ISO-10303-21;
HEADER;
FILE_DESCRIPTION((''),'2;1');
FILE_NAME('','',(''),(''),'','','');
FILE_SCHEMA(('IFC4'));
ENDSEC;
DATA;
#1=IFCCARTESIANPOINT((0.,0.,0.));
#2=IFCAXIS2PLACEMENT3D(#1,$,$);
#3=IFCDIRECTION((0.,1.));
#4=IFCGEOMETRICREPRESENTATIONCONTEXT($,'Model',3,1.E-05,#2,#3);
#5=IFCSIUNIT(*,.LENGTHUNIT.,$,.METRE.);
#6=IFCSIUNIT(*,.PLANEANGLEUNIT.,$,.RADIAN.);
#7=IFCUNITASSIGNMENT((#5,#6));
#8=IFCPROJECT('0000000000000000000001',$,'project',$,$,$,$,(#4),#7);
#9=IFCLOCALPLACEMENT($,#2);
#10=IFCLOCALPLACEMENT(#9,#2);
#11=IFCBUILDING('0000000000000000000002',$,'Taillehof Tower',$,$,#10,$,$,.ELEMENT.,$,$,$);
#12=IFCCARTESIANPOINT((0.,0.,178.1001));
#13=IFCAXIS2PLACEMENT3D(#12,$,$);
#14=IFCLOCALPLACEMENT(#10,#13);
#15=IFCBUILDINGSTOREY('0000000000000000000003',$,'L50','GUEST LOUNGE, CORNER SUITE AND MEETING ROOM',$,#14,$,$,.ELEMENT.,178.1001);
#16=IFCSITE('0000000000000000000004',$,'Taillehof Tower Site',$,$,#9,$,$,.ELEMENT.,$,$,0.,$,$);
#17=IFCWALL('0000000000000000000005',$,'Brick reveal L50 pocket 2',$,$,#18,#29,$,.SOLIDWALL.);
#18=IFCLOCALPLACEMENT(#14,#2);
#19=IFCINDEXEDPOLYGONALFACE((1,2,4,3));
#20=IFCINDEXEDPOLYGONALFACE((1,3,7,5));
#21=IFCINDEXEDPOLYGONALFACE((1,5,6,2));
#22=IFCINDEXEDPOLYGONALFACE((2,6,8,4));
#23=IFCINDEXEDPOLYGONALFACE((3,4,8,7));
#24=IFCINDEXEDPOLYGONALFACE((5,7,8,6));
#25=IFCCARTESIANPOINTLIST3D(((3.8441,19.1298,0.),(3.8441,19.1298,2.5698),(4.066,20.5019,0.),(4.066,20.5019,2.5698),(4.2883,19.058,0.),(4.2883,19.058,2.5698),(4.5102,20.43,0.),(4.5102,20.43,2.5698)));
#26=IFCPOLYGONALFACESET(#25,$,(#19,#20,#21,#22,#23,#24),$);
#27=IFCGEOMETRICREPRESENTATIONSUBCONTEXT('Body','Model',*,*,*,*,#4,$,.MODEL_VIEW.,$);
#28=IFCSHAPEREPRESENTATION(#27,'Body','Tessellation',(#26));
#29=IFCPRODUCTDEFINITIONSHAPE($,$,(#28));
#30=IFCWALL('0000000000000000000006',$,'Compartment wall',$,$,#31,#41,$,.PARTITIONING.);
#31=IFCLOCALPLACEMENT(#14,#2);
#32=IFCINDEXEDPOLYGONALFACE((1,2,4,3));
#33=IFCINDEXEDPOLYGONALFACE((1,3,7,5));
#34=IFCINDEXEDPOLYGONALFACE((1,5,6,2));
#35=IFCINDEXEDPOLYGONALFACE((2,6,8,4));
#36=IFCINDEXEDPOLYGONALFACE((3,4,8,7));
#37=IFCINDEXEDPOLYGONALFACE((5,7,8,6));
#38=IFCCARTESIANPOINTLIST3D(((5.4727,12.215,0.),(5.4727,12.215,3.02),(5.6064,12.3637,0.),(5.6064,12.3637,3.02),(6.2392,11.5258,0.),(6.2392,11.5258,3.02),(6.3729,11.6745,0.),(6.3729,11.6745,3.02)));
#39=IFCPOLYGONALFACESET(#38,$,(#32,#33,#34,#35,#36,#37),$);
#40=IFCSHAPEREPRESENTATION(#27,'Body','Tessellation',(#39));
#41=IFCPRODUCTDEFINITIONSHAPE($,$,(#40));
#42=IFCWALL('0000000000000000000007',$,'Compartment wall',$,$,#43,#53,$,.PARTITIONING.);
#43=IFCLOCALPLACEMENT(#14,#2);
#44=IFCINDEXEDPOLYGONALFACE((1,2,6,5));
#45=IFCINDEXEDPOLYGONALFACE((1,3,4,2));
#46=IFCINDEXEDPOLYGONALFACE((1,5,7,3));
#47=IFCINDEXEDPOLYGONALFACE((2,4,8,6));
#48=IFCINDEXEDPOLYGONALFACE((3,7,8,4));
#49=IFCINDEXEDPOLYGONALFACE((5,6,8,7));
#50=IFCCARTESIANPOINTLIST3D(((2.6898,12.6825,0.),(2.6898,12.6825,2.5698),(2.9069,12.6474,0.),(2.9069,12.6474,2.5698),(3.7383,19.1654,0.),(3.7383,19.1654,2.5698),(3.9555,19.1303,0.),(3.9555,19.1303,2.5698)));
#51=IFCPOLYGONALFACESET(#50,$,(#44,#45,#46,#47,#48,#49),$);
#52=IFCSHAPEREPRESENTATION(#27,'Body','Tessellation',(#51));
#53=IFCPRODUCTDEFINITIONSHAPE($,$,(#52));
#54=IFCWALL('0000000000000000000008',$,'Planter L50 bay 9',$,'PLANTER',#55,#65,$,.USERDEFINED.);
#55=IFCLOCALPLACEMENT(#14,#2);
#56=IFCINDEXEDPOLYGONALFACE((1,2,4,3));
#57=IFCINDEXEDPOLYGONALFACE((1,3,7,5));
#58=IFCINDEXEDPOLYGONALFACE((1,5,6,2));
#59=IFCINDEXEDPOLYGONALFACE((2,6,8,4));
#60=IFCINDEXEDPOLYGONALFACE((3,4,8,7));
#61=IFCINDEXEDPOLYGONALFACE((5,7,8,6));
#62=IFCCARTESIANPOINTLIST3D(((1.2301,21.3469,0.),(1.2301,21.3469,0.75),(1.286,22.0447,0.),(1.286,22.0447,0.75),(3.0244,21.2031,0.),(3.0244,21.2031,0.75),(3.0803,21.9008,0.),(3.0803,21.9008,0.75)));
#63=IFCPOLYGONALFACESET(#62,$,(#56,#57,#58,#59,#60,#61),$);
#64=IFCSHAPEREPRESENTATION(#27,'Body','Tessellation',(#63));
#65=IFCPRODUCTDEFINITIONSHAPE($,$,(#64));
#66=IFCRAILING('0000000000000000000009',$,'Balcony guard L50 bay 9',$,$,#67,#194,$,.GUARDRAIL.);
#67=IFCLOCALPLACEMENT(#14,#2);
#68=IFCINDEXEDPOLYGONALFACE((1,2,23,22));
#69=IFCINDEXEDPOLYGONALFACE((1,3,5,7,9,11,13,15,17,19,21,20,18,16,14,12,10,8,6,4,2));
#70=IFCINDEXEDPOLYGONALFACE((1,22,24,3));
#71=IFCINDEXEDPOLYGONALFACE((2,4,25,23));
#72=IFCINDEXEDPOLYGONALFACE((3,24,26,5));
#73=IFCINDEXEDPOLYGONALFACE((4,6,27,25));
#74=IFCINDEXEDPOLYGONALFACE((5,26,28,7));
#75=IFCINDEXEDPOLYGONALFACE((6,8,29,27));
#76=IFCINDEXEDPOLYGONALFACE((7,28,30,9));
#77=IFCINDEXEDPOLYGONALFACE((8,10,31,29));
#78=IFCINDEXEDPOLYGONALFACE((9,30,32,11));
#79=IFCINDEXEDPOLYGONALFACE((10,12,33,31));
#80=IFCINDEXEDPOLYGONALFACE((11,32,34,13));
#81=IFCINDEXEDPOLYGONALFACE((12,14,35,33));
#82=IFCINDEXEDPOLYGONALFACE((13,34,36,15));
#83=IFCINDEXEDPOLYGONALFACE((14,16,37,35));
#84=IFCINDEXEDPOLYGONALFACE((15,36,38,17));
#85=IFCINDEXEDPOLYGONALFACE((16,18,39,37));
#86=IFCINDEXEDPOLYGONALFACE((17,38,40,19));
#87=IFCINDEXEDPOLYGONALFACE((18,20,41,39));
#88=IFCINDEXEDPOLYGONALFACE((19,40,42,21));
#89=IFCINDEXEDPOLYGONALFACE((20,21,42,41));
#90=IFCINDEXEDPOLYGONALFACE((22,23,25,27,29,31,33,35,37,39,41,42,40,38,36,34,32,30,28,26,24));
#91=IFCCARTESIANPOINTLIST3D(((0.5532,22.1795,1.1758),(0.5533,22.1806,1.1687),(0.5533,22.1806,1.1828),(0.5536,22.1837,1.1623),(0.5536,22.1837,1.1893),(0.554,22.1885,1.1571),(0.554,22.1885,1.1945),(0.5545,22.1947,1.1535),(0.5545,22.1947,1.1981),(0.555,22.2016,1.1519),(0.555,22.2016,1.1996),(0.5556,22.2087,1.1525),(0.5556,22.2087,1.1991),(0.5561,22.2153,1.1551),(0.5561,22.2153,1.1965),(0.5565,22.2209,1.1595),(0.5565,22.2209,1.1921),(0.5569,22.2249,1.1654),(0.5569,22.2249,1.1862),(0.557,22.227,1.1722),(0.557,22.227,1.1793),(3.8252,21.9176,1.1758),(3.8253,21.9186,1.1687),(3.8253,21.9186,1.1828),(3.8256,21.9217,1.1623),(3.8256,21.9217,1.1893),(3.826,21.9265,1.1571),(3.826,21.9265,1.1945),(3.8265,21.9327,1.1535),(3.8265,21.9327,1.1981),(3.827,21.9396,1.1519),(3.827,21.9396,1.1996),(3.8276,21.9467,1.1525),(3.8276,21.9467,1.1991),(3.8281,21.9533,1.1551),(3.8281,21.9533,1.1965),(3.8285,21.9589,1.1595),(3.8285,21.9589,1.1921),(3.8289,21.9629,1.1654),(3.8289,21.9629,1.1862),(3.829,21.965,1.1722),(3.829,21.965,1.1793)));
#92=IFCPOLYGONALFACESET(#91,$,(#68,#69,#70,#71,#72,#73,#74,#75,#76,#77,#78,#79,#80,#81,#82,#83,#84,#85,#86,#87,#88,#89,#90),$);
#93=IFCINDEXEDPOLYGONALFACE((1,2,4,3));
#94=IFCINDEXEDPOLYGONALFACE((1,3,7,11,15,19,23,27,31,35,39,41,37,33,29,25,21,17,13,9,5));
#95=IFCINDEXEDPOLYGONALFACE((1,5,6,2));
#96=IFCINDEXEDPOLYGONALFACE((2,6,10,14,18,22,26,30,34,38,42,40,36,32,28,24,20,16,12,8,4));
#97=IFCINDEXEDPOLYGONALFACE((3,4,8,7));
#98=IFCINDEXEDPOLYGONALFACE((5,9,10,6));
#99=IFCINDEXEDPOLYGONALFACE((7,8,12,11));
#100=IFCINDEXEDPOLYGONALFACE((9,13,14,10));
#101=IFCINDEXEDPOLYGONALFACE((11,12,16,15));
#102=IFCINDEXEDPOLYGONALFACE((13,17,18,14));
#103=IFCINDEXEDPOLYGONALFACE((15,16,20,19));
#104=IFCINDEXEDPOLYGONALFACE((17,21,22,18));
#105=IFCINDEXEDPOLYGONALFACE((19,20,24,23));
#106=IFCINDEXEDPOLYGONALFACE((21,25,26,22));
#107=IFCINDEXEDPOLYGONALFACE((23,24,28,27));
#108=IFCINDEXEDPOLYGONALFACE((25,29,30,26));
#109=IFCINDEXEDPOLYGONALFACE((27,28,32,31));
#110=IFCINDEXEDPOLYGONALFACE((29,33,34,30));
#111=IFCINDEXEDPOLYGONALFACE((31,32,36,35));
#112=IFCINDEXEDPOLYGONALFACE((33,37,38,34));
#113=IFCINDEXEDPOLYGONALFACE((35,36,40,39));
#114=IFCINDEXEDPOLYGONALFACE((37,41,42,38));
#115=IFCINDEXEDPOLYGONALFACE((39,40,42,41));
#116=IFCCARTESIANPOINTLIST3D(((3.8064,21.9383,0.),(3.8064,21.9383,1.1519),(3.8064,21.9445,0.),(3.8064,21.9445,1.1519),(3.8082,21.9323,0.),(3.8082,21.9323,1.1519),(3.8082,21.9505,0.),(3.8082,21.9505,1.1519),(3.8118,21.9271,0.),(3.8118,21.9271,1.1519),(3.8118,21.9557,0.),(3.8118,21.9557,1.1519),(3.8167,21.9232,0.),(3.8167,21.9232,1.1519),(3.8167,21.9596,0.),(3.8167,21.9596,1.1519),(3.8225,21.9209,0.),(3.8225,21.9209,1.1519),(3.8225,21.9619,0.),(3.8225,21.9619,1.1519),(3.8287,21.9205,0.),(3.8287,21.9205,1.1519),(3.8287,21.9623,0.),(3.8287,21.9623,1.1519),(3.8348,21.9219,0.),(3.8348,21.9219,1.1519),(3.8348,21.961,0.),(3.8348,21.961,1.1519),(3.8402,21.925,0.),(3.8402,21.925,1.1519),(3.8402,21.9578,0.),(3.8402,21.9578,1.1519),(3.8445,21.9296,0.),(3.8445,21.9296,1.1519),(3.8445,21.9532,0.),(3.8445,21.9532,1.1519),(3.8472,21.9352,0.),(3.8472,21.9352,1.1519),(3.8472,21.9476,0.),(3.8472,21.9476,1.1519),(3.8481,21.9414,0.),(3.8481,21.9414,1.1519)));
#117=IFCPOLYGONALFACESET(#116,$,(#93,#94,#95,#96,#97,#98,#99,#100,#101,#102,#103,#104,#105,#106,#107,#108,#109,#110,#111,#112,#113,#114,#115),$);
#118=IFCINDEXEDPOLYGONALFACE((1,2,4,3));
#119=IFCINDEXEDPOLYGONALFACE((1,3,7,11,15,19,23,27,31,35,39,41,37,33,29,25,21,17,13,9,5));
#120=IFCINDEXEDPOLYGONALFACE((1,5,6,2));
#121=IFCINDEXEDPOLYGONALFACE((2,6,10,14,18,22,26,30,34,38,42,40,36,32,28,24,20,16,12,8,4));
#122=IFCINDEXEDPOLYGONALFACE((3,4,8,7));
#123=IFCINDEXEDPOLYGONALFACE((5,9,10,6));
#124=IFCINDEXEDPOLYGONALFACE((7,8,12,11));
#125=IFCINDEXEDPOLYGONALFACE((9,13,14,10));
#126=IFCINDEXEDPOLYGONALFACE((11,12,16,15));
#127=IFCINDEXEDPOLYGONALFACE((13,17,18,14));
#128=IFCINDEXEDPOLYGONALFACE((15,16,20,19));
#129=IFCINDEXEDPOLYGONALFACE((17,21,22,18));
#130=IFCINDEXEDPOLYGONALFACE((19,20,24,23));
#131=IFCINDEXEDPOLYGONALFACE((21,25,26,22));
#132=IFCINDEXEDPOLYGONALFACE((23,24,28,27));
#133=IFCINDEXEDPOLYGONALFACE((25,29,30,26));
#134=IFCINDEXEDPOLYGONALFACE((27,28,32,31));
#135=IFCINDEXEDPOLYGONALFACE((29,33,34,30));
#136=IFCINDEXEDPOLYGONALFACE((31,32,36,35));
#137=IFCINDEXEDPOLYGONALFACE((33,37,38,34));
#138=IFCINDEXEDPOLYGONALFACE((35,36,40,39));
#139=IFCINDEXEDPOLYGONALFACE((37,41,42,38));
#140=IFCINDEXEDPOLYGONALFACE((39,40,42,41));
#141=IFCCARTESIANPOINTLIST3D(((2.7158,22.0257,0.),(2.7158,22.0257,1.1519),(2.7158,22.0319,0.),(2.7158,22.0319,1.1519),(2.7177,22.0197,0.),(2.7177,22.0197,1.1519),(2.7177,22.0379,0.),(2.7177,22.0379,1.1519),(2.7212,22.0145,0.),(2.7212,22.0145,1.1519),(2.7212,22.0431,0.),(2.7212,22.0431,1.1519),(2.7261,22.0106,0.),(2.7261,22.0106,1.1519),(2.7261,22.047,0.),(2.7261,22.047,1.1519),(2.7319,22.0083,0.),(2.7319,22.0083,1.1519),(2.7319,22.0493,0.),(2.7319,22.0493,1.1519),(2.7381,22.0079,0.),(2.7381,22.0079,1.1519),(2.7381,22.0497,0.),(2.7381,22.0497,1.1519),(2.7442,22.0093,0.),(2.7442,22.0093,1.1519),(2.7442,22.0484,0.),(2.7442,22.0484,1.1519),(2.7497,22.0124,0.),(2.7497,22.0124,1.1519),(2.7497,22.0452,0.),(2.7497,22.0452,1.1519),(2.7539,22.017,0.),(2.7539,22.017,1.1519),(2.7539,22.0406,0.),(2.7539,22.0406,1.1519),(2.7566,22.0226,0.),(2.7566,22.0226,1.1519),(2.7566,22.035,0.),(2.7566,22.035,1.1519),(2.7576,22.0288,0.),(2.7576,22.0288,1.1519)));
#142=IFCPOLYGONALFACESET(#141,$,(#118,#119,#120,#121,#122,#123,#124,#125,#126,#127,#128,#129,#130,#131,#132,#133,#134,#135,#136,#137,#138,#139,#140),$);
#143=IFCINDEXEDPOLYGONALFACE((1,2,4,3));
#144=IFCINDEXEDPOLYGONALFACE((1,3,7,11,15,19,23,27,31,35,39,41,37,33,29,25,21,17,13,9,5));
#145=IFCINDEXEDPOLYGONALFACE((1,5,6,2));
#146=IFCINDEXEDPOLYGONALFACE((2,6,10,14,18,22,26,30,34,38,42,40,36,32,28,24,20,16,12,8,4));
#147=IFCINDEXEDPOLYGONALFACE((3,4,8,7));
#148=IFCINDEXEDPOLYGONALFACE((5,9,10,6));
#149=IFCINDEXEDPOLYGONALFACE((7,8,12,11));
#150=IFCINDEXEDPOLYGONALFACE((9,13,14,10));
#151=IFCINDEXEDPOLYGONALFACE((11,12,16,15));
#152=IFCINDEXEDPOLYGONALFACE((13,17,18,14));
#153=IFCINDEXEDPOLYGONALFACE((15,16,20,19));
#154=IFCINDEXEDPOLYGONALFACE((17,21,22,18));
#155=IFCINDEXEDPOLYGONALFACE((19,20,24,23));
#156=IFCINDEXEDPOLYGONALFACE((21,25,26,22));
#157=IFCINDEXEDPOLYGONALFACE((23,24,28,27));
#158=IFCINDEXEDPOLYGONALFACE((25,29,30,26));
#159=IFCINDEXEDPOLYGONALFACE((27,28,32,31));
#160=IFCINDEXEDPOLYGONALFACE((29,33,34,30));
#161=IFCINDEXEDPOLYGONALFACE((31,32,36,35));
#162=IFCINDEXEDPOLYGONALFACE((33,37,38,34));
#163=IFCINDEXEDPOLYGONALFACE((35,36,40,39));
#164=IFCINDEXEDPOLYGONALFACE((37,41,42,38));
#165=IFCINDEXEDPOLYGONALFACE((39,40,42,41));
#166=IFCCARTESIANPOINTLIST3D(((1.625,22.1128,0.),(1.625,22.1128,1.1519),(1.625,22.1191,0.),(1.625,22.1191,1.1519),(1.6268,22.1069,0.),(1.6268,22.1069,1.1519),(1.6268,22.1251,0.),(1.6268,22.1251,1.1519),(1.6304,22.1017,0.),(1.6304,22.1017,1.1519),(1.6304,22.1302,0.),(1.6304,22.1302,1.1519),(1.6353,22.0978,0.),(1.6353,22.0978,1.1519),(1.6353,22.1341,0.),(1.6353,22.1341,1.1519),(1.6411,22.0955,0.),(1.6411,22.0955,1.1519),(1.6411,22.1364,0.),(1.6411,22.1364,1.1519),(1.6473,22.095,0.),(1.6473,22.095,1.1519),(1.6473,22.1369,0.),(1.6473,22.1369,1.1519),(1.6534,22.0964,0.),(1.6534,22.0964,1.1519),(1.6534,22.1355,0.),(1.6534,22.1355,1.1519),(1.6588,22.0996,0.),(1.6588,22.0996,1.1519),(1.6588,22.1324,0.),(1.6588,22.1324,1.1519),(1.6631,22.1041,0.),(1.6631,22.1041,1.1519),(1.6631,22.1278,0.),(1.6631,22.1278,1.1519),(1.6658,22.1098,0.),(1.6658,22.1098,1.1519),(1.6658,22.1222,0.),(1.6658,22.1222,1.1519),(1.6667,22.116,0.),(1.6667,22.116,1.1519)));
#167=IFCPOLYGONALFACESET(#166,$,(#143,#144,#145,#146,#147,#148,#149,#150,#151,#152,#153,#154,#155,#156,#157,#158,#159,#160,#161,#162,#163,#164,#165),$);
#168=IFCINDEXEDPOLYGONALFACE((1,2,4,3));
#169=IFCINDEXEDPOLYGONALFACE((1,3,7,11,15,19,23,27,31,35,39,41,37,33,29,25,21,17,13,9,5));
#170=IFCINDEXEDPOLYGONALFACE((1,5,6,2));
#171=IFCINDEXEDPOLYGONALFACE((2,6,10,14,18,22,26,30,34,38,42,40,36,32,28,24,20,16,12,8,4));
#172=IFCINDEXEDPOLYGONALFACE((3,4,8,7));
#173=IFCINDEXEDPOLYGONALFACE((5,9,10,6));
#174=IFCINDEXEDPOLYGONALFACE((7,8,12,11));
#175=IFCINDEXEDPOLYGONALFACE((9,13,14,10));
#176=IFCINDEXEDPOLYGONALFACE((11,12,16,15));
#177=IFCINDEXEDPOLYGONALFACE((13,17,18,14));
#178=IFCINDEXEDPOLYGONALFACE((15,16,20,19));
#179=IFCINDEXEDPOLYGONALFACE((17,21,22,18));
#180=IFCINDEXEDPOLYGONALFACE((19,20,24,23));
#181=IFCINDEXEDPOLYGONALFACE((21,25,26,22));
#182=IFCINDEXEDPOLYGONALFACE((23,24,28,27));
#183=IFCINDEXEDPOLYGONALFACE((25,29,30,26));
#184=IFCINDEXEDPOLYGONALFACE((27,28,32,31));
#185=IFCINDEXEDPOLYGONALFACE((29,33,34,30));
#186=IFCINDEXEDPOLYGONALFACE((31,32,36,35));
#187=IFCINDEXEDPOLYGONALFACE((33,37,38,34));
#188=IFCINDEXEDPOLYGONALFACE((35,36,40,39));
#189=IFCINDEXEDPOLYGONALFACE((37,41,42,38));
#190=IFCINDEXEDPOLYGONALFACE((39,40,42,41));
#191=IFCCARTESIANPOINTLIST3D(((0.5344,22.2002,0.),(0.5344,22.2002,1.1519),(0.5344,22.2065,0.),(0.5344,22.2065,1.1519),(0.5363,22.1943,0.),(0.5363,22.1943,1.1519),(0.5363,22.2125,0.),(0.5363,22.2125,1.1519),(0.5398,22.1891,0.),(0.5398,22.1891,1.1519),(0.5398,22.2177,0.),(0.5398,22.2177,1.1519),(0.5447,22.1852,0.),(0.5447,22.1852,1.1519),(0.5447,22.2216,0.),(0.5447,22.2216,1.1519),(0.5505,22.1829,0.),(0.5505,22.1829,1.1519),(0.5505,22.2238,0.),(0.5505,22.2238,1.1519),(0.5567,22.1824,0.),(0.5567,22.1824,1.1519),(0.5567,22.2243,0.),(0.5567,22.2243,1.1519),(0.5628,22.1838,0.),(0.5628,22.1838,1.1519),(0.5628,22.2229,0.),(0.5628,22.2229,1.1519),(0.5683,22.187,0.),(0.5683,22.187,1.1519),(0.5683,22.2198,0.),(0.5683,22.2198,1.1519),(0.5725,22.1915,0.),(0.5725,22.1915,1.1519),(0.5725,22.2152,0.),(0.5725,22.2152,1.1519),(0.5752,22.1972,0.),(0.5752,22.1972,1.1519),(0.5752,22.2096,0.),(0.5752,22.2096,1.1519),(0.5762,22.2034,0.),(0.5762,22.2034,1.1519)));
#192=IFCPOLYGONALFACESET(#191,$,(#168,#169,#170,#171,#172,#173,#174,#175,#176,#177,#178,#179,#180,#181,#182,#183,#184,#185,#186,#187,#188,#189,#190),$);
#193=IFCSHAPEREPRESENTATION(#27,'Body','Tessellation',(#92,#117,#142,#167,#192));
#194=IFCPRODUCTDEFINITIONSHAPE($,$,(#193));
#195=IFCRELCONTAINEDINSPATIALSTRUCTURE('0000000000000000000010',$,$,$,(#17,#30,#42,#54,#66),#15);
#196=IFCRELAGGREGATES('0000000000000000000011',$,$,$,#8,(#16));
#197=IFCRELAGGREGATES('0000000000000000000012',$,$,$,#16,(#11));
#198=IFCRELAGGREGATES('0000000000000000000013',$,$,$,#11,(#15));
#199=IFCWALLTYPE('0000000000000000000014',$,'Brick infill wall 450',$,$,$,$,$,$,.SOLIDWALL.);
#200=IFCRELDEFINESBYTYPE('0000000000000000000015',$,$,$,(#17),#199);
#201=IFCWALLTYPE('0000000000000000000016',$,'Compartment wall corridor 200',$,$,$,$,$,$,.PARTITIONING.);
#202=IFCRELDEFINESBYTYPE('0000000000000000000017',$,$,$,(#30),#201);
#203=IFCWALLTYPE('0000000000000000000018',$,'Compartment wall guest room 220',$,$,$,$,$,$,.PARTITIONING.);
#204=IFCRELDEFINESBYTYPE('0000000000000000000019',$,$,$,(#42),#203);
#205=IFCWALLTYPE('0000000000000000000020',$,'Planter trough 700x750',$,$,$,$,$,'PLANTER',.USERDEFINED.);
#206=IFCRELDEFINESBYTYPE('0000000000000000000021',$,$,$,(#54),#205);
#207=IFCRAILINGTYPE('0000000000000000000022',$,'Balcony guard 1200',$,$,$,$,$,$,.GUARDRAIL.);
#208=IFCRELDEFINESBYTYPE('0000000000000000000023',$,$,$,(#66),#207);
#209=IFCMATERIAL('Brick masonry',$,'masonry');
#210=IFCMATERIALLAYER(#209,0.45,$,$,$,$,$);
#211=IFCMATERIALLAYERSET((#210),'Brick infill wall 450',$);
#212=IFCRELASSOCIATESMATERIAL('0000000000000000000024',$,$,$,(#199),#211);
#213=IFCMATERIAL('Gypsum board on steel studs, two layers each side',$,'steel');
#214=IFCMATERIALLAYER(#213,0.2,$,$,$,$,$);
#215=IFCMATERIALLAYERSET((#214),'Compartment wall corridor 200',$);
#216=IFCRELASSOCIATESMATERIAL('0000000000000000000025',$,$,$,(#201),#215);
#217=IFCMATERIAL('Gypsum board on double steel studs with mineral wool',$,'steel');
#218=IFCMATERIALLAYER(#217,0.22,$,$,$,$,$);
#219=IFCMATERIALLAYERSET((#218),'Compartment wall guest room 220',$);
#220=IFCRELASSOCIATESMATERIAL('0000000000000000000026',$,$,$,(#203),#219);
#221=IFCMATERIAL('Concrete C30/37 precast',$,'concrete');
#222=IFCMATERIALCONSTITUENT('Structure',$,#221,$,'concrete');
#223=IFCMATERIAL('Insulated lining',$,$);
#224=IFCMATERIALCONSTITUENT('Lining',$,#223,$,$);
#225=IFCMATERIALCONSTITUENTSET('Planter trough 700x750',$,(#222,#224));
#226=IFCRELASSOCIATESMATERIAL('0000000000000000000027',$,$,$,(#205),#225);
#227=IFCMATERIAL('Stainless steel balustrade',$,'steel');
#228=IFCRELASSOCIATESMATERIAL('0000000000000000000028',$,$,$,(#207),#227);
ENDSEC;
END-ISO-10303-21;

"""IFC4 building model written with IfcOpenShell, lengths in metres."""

from ifc_helpers import new_model, si_unit, direction, frame, frame_2d, origin, origin_2d, place, context, subcontext, project, spatial, rectangle, circle, extrude, material, layer, layer_set, constituent, constituent_set, type_object, element, save


model = new_model("IFC4")

# Units and contexts
model_context = context("Model", 3, precision=1e-05, world=origin(), true_north=direction((0.0, 1.0)))
body_context = subcontext(model_context, "Body", "Model", "MODEL_VIEW")
ifc_project = project(units=[si_unit("LENGTHUNIT", "METRE"), si_unit("PLANEANGLEUNIT", "RADIAN")], contexts=[model_context])

# Site, building, storey
site_placement = place(None, origin())
site = spatial("IfcSite", under=ifc_project, at=site_placement, Name="Taillehof Tower Site", CompositionType="ELEMENT", RefElevation=0.0)
building_placement = place(site_placement, origin())
building = spatial("IfcBuilding", under=site, at=building_placement, Name="Taillehof Tower", CompositionType="ELEMENT")
storey_placement = place(building_placement, frame((0.0, 0.0, 178.1001)))
storey = spatial("IfcBuildingStorey", under=building, at=storey_placement, Name="L50", Description="GUEST LOUNGE, CORNER SUITE AND MEETING ROOM", CompositionType="ELEMENT", Elevation=178.1001)

# Shared definitions
ifc_material_1 = material(Name="Brick masonry", Category="masonry")
ifc_layer_1 = layer(ifc_material_1, 0.45)
ifc_layer_set_1 = layer_set([ifc_layer_1], Name="Brick infill wall 450")
wall_type_1 = type_object("IfcWallType", Name="Brick infill wall 450", PredefinedType="SOLIDWALL", material=ifc_layer_set_1)

# Wall
wall_1_placement = place(storey_placement, frame((4.2881, 20.4658, 0.0), z_axis=(0.0, 0.0, 1.0), x_axis=(-0.159669, -0.987171, 0.0)))
element("IfcWall", 1, at=wall_1_placement, inside=storey, type_object=wall_type_1, Name="Brick reveal L50 pocket 2", PredefinedType="SOLIDWALL", context=body_context, shape_type="SweptSolid", body=[
    extrude(rectangle(XDim=1.3899, YDim=0.45, at=frame_2d((0.6948, 0.0))), origin(), (0.0, 0.0, 1.0), 2.5698),
])

# Walls
ifc_material_2 = material(Name="Gypsum board on steel studs, two layers each side", Category="steel")
ifc_layer_2 = layer(ifc_material_2, 0.2)
ifc_layer_set_2 = layer_set([ifc_layer_2], Name="Compartment wall corridor 200")
wall_type_2 = type_object("IfcWallType", Name="Compartment wall corridor 200", PredefinedType="PARTITIONING", material=ifc_layer_set_2)
wall_2_placement = place(storey_placement, frame((5.5396, 12.2893, 0.0), z_axis=(0.0, 0.0, 1.0), x_axis=(0.743647, -0.668572, 0.0)))
element("IfcWall", 2, at=wall_2_placement, inside=storey, type_object=wall_type_2, Name="Compartment wall", PredefinedType="PARTITIONING", context=body_context, shape_type="SweptSolid", body=[
    extrude(rectangle(XDim=1.0308, YDim=0.2, at=frame_2d((0.5154, 0.0))), origin(), (0.0, 0.0, 1.0), 3.02),
])
ifc_material_3 = material(Name="Gypsum board on double steel studs with mineral wool", Category="steel")
ifc_layer_3 = layer(ifc_material_3, 0.22)
ifc_layer_set_3 = layer_set([ifc_layer_3], Name="Compartment wall guest room 220")
wall_type_3 = type_object("IfcWallType", Name="Compartment wall guest room 220", PredefinedType="PARTITIONING", material=ifc_layer_set_3)
wall_3_placement = place(storey_placement, frame((3.8469, 19.1479, 0.0), z_axis=(0.0, 0.0, 1.0), x_axis=(-0.159671, -0.98717, 0.0)))
element("IfcWall", 3, at=wall_3_placement, inside=storey, type_object=wall_type_3, Name="Compartment wall", PredefinedType="PARTITIONING", context=body_context, shape_type="SweptSolid", body=[
    extrude(rectangle(XDim=6.5671, YDim=0.22, at=frame_2d((3.2837, 0.0))), origin(), (0.0, 0.0, 1.0), 2.5698),
])
ifc_material_4 = material(Name="Concrete C30/37 precast", Category="concrete")
ifc_constituent_1 = constituent(ifc_material_4, Name="Structure", Category="concrete")
ifc_material_5 = material(Name="Insulated lining")
ifc_constituent_2 = constituent(ifc_material_5, Name="Lining")
ifc_constituent_set = constituent_set(constituents=[ifc_constituent_1, ifc_constituent_2], Name="Planter trough 700x750")
wall_type_4 = type_object("IfcWallType", Name="Planter trough 700x750", ElementType="PLANTER", PredefinedType="USERDEFINED", material=ifc_constituent_set)
wall_4_placement = place(storey_placement, frame((3.0522, 21.552, 0.0), z_axis=(0.0, 0.0, 1.0), x_axis=(-0.996804, 0.079891, 0.0)))
element("IfcWall", 4, at=wall_4_placement, inside=storey, type_object=wall_type_4, Name="Planter L50 bay 9", ObjectType="PLANTER", PredefinedType="USERDEFINED", context=body_context, shape_type="SweptSolid", body=[
    extrude(rectangle(XDim=1.8, YDim=0.7, at=frame_2d((0.8999, 0.0))), origin(), (0.0, 0.0, 1.0), 0.75),
])

# Railing
ifc_material_6 = material(Name="Stainless steel balustrade", Category="steel")
railing_type = type_object("IfcRailingType", Name="Balcony guard 1200", PredefinedType="GUARDRAIL", material=ifc_material_6)
railing_1_placement = place(storey_placement, frame((3.8271, 21.9414, 0.0)))
element("IfcRailing", 5, at=railing_1_placement, inside=storey, type_object=railing_type, Name="Balcony guard L50 bay 9", PredefinedType="GUARDRAIL", context=body_context, shape_type="SweptSolid", body=[
    extrude(circle(Radius=0.0239, at=origin_2d()), frame((0.0, 0.0, 1.1758), z_axis=(-0.99681, 0.079807, 0.0), x_axis=(-0.079807, -0.99681, 0.0)), (0.0, 0.0, 1.0), 3.2825),
    extrude(circle(Radius=0.021, at=origin_2d()), origin(), (0.0, 0.0, 1.0), 1.1519),
    extrude(circle(Radius=0.021, at=origin_2d()), frame((-1.0906, 0.0874, 0.0)), (0.0, 0.0, 1.0), 1.1519),
    extrude(circle(Radius=0.021, at=origin_2d()), frame((-2.1814, 0.1746, 0.0)), (0.0, 0.0, 1.0), 1.1519),
    extrude(circle(Radius=0.021, at=origin_2d()), frame((-3.272, 0.262, 0.0)), (0.0, 0.0, 1.0), 1.1519),
])

save(model, "model.ifc")
